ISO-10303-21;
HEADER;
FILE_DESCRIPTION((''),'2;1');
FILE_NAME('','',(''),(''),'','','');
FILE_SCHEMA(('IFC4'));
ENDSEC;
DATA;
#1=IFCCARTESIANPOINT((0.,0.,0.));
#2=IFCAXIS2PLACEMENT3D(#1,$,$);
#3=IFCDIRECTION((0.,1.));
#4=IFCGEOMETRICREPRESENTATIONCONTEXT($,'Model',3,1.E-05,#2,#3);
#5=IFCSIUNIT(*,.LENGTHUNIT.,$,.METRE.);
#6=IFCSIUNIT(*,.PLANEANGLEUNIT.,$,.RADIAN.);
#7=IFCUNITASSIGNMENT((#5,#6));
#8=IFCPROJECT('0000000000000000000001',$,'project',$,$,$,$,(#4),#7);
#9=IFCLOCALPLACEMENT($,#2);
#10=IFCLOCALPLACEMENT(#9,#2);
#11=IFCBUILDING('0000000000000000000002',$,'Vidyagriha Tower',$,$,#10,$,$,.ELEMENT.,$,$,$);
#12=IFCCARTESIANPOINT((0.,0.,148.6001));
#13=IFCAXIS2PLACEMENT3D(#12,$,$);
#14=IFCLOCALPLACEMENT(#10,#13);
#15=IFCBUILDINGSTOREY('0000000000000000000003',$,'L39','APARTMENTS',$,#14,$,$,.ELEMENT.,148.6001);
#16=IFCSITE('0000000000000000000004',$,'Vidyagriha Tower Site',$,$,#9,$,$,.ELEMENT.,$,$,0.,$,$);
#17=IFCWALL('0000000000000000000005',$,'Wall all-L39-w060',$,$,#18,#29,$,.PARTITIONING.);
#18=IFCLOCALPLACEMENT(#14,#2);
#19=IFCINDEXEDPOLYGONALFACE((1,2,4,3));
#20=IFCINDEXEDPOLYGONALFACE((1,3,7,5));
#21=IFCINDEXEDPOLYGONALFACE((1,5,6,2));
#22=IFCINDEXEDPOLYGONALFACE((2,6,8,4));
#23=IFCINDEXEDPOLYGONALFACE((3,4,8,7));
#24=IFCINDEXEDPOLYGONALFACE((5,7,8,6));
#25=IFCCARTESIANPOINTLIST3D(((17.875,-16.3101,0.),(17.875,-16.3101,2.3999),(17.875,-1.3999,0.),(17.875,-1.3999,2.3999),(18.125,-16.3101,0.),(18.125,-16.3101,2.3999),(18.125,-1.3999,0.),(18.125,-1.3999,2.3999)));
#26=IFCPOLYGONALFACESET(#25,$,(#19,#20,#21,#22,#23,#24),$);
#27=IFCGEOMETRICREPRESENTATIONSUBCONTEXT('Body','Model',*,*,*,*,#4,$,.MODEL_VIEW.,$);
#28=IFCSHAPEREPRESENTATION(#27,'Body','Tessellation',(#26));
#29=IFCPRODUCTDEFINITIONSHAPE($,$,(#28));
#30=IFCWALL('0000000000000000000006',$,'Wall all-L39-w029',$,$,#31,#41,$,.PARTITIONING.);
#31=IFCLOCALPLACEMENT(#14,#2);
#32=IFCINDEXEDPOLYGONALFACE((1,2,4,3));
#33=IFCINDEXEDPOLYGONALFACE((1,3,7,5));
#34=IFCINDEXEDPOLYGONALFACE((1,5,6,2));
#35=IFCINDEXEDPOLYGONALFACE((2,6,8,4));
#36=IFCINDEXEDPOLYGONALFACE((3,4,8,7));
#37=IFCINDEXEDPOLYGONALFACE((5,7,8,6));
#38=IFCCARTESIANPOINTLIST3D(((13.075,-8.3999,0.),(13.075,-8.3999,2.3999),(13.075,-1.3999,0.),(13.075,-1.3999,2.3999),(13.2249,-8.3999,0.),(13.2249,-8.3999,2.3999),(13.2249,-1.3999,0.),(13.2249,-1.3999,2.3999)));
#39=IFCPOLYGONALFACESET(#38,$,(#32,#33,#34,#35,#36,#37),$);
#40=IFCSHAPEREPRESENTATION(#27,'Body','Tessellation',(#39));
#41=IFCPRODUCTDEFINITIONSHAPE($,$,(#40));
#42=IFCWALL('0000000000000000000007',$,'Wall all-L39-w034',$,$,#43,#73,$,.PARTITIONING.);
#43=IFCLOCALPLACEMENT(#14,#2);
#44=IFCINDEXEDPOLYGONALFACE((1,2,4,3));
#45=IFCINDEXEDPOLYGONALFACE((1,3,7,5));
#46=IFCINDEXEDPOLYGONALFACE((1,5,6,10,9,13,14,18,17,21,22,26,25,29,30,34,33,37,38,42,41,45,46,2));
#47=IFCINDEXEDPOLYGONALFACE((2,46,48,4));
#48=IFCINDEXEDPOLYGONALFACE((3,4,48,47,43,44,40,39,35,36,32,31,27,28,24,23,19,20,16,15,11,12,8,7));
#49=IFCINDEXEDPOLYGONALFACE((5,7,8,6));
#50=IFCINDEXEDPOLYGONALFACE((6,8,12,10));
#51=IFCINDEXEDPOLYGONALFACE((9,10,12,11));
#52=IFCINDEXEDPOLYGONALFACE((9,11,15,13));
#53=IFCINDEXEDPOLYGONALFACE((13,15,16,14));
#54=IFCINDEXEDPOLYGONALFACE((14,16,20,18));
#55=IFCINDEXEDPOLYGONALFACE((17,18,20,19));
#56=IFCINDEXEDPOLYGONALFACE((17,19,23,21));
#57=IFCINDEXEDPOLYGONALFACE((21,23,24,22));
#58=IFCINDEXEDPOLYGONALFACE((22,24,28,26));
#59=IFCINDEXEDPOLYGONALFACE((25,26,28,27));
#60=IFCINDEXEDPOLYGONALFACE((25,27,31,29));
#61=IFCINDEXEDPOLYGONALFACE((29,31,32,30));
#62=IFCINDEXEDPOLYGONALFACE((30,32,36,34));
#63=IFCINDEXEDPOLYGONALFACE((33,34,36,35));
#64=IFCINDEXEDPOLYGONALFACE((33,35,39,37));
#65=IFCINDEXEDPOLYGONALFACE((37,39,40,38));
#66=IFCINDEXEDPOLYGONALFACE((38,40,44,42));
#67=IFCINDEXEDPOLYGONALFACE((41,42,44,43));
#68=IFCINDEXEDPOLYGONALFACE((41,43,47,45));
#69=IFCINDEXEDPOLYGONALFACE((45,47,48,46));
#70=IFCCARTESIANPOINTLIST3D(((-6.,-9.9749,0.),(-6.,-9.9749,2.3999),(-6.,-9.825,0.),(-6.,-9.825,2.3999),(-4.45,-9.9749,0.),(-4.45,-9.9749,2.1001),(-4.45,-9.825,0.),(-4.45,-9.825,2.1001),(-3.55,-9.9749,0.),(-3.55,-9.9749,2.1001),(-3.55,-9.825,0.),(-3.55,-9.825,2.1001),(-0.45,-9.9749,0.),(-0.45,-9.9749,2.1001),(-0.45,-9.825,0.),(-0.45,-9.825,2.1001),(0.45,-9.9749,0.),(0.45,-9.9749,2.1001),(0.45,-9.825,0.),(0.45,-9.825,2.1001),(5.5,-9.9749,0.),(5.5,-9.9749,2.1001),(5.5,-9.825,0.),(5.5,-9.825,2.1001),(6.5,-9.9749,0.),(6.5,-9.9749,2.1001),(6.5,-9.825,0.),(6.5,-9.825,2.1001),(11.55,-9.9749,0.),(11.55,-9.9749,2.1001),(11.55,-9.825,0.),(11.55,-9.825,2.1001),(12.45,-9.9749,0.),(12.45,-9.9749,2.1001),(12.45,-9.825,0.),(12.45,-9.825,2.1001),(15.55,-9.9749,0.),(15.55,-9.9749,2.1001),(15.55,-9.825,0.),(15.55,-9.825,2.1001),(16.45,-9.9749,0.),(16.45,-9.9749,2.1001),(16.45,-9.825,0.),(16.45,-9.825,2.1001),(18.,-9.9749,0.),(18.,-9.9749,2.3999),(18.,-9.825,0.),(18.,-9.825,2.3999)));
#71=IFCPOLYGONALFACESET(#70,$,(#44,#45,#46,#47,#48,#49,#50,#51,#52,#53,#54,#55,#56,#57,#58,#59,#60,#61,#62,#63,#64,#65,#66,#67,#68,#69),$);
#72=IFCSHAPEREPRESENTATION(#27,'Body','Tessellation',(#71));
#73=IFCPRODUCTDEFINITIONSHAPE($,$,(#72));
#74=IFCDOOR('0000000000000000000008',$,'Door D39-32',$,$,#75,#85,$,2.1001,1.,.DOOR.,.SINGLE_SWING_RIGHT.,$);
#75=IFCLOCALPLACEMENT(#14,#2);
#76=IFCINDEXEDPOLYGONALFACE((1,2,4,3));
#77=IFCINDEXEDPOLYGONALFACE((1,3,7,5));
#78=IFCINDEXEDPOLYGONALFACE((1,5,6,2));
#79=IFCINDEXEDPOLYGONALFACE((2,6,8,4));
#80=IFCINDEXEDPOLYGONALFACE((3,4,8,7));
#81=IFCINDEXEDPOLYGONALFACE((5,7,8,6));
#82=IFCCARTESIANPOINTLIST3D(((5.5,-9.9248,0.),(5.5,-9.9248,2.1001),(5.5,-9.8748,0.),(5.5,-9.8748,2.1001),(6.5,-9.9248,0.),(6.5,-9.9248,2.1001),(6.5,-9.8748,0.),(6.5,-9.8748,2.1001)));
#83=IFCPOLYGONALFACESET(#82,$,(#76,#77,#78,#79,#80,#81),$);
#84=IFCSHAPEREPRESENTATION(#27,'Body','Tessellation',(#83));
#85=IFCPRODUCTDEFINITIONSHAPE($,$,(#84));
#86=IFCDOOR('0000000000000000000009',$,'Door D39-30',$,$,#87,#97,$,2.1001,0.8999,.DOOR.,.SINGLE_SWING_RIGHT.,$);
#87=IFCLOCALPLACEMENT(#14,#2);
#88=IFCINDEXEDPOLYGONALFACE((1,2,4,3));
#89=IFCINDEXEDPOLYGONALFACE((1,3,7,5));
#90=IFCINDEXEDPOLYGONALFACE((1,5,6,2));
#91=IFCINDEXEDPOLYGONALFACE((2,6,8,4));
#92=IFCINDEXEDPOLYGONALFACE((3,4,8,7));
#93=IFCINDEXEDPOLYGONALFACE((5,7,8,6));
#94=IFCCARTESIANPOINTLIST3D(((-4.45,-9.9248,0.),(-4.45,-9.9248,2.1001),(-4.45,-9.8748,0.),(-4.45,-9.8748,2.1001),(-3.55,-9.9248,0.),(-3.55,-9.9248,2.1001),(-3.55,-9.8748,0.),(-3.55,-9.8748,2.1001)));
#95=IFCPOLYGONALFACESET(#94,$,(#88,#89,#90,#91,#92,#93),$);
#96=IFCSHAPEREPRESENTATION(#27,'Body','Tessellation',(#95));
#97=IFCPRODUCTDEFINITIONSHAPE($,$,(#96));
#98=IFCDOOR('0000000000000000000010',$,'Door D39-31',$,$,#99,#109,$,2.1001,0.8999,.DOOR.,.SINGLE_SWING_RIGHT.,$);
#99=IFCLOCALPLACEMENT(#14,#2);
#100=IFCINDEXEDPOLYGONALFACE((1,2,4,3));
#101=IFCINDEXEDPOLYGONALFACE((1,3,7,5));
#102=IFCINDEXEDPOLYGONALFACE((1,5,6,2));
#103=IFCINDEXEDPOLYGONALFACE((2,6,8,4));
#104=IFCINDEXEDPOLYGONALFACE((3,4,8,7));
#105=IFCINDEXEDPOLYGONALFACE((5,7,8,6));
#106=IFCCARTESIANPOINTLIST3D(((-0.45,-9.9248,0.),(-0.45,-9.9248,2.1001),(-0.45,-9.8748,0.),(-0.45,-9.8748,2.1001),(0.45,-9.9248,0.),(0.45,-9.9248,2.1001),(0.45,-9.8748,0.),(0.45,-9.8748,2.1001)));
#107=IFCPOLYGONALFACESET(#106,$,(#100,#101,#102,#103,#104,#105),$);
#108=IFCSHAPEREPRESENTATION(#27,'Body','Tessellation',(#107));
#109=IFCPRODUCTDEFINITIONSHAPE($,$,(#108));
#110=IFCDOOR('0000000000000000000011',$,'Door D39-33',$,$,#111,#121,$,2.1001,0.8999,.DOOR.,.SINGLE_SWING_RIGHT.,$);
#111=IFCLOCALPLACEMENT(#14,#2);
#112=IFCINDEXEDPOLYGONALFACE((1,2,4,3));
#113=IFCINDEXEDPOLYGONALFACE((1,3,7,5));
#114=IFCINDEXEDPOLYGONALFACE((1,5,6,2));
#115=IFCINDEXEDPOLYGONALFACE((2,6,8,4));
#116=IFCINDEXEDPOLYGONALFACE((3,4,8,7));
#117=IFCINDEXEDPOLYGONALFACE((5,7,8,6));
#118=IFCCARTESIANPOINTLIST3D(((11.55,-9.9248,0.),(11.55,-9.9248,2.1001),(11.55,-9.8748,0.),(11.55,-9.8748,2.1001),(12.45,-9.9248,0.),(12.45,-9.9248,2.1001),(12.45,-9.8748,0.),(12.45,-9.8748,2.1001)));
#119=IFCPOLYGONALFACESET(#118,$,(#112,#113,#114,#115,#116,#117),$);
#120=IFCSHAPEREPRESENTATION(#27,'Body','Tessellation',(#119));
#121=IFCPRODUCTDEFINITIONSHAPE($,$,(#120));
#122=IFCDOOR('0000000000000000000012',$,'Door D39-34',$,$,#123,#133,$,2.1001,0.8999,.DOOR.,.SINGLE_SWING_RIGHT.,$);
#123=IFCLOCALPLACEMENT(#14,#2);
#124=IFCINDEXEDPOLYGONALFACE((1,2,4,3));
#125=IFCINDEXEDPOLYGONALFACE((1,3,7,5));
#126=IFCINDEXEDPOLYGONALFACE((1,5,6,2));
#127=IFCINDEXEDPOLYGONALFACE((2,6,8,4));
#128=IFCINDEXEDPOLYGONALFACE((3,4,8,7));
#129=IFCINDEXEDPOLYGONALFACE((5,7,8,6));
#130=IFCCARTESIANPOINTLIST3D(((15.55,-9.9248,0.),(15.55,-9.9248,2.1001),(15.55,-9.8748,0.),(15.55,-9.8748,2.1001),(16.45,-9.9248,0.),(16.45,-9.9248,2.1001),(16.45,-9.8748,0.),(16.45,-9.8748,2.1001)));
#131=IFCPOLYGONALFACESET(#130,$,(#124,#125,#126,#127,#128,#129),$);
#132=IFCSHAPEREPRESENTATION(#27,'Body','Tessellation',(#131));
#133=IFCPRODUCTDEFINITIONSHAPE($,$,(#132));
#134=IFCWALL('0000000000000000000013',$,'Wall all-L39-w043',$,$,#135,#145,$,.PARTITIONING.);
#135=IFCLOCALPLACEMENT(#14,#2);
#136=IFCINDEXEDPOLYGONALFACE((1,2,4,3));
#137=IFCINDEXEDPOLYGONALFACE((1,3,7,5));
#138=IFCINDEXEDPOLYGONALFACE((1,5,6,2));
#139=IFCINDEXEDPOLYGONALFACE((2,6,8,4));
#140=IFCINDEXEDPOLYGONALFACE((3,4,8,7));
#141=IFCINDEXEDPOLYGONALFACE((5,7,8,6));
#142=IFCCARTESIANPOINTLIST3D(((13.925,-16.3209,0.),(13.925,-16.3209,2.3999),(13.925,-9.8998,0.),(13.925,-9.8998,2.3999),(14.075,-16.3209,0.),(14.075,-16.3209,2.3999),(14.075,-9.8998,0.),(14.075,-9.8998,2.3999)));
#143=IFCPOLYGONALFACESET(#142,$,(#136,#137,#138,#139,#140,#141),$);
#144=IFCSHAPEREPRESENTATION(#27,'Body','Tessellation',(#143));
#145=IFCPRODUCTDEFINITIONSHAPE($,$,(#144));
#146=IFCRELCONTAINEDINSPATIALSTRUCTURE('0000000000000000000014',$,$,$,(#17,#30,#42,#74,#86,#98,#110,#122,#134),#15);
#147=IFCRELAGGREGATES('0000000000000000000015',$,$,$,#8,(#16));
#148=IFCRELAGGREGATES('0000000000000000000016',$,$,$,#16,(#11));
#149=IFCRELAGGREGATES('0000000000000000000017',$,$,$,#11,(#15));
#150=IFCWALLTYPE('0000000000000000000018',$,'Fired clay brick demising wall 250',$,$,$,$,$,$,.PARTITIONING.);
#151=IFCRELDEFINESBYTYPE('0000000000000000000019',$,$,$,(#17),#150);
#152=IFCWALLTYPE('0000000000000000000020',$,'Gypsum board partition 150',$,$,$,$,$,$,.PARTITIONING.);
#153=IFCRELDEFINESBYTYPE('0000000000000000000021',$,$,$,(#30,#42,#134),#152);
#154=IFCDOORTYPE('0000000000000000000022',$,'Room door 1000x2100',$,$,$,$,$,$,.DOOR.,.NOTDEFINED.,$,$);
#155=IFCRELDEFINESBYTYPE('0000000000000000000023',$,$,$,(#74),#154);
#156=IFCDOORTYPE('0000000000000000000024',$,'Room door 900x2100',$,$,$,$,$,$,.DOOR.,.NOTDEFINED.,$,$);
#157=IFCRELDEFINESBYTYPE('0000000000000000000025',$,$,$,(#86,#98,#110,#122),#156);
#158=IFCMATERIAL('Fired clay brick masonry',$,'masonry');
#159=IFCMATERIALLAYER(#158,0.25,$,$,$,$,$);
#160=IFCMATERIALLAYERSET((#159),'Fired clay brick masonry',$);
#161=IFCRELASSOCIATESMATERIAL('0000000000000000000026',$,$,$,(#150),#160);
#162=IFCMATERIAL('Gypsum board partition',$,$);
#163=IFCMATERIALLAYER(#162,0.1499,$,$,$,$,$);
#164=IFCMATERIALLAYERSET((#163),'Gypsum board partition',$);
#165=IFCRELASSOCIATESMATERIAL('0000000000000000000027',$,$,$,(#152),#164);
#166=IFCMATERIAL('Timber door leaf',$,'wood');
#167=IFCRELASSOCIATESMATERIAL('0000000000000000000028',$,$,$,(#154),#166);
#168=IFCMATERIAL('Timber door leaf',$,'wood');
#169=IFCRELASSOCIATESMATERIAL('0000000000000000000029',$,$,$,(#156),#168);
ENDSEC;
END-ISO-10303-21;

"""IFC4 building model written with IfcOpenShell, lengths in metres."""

from ifc_helpers import new_model, si_unit, direction, frame, frame_2d, origin, place, context, subcontext, project, spatial, rectangle, extrude, material, layer, layer_set, type_object, element, fill, save


model = new_model("IFC4")

# Units and contexts
model_context = context("Model", 3, precision=1e-05, world=origin(), true_north=direction((0.0, 1.0)))
body_context = subcontext(model_context, "Body", "Model", "MODEL_VIEW")
ifc_project = project(units=[si_unit("LENGTHUNIT", "METRE"), si_unit("PLANEANGLEUNIT", "RADIAN")], contexts=[model_context])

# Site, building, storey
site_placement = place(None, origin())
site = spatial("IfcSite", under=ifc_project, at=site_placement, Name="Vidyagriha Tower Site", CompositionType="ELEMENT", RefElevation=0.0)
building_placement = place(site_placement, origin())
building = spatial("IfcBuilding", under=site, at=building_placement, Name="Vidyagriha Tower", CompositionType="ELEMENT")
storey_placement = place(building_placement, frame((0.0, 0.0, 148.6001)))
storey = spatial("IfcBuildingStorey", under=building, at=storey_placement, Name="L39", Description="APARTMENTS", CompositionType="ELEMENT", Elevation=148.6001)

# Walls
ifc_material_1 = material(Name="Fired clay brick masonry", Category="masonry")
ifc_layer_1 = layer(ifc_material_1, 0.25)
ifc_layer_set_1 = layer_set([ifc_layer_1], Name="Fired clay brick masonry")
wall_type_1 = type_object("IfcWallType", Name="Fired clay brick demising wall 250", PredefinedType="PARTITIONING", material=ifc_layer_set_1)
wall_1_placement = place(storey_placement, frame((18.0, -1.3999, 0.0), z_axis=(0.0, 0.0, 1.0), x_axis=(0.0, -1.0, 0.0)))
element("IfcWall", 1, at=wall_1_placement, inside=storey, type_object=wall_type_1, Name="Wall all-L39-w060", PredefinedType="PARTITIONING", context=body_context, shape_type="SweptSolid", body=[
    extrude(rectangle(XDim=14.9102, YDim=0.25, at=frame_2d((7.4551, 0.0))), origin(), (0.0, 0.0, 1.0), 2.3999),
])
ifc_material_2 = material(Name="Gypsum board partition")
ifc_layer_2 = layer(ifc_material_2, 0.1499)
ifc_layer_set_2 = layer_set([ifc_layer_2], Name="Gypsum board partition")
wall_type_2 = type_object("IfcWallType", Name="Gypsum board partition 150", PredefinedType="PARTITIONING", material=ifc_layer_set_2)
wall_2_placement = place(storey_placement, frame((13.1499, -1.3999, 0.0), z_axis=(0.0, 0.0, 1.0), x_axis=(0.0, -1.0, 0.0)))
element("IfcWall", 2, at=wall_2_placement, inside=storey, type_object=wall_type_2, Name="Wall all-L39-w029", PredefinedType="PARTITIONING", context=body_context, shape_type="SweptSolid", body=[
    extrude(rectangle(XDim=7.0, YDim=0.1499, at=frame_2d((3.5, 0.0))), origin(), (0.0, 0.0, 1.0), 2.3999),
])

# Wall, openings, doors
wall_3_placement = place(storey_placement, frame((18.0, -9.8999, 0.0), z_axis=(0.0, 0.0, 1.0), x_axis=(-1.0, 0.0, 0.0)))
wall_3 = element("IfcWall", 3, at=wall_3_placement, inside=storey, type_object=wall_type_2, Name="Wall all-L39-w034", PredefinedType="PARTITIONING", context=body_context, shape_type="SweptSolid", body=[
    extrude(rectangle(XDim=24.0, YDim=0.1499, at=frame_2d((12.0, 0.0))), origin(), (0.0, 0.0, 1.0), 2.3999),
])
opening_1_placement = place(wall_3_placement, frame((21.55, 0.0, 0.0)))
opening_1 = element("IfcOpeningElement", 4, at=opening_1_placement, cuts=wall_3, PredefinedType="OPENING", context=body_context, shape_type="SweptSolid", body=[
    extrude(rectangle(XDim=0.8999, YDim=2.1001, at=frame_2d((0.45, 1.05))), frame((0.0, 0.085, 0.0), z_axis=(0.0, -1.0, 0.0), x_axis=(1.0, 0.0, 0.0)), (0.0, 0.0, 1.0), 0.1699),
])
opening_2_placement = place(wall_3_placement, frame((17.55, 0.0, 0.0)))
opening_2 = element("IfcOpeningElement", 5, at=opening_2_placement, cuts=wall_3, PredefinedType="OPENING", context=body_context, shape_type="SweptSolid", body=[
    extrude(rectangle(XDim=0.8999, YDim=2.1001, at=frame_2d((0.45, 1.05))), frame((0.0, 0.085, 0.0), z_axis=(0.0, -1.0, 0.0), x_axis=(1.0, 0.0, 0.0)), (0.0, 0.0, 1.0), 0.1699),
])
opening_3_placement = place(wall_3_placement, frame((11.5, 0.0, 0.0)))
opening_3 = element("IfcOpeningElement", 6, at=opening_3_placement, cuts=wall_3, PredefinedType="OPENING", context=body_context, shape_type="SweptSolid", body=[
    extrude(rectangle(XDim=1.0, YDim=2.1001, at=frame_2d((0.5, 1.05))), frame((0.0, 0.085, 0.0), z_axis=(0.0, -1.0, 0.0), x_axis=(1.0, 0.0, 0.0)), (0.0, 0.0, 1.0), 0.1699),
])
opening_4_placement = place(wall_3_placement, frame((5.55, 0.0, 0.0)))
opening_4 = element("IfcOpeningElement", 7, at=opening_4_placement, cuts=wall_3, PredefinedType="OPENING", context=body_context, shape_type="SweptSolid", body=[
    extrude(rectangle(XDim=0.8999, YDim=2.1001, at=frame_2d((0.45, 1.05))), frame((0.0, 0.085, 0.0), z_axis=(0.0, -1.0, 0.0), x_axis=(1.0, 0.0, 0.0)), (0.0, 0.0, 1.0), 0.1699),
])
opening_5_placement = place(wall_3_placement, frame((1.55, 0.0, 0.0)))
opening_5 = element("IfcOpeningElement", 8, at=opening_5_placement, cuts=wall_3, PredefinedType="OPENING", context=body_context, shape_type="SweptSolid", body=[
    extrude(rectangle(XDim=0.8999, YDim=2.1001, at=frame_2d((0.45, 1.05))), frame((0.0, 0.085, 0.0), z_axis=(0.0, -1.0, 0.0), x_axis=(1.0, 0.0, 0.0)), (0.0, 0.0, 1.0), 0.1699),
])
ifc_material_3 = material(Name="Timber door leaf", Category="wood")
door_type_1 = type_object("IfcDoorType", Name="Room door 1000x2100", OperationType="NOTDEFINED", PredefinedType="DOOR", material=ifc_material_3)
door_1_placement = place(opening_3_placement, origin())
door_1 = element("IfcDoor", 9, at=door_1_placement, inside=storey, type_object=door_type_1, Name="Door D39-32", OperationType="SINGLE_SWING_RIGHT", OverallHeight=2.1001, OverallWidth=1.0, PredefinedType="DOOR", context=body_context, shape_type="SweptSolid", body=[
    extrude(rectangle(XDim=1.0, YDim=2.1001, at=frame_2d((0.5, 1.05))), frame((0.0, 0.0249, 0.0), z_axis=(0.0, -1.0, 0.0), x_axis=(1.0, 0.0, 0.0)), (0.0, 0.0, 1.0), 0.05),
])
fill(opening_3, door_1)
ifc_material_4 = material(Name="Timber door leaf", Category="wood")
door_type_2 = type_object("IfcDoorType", Name="Room door 900x2100", OperationType="NOTDEFINED", PredefinedType="DOOR", material=ifc_material_4)
door_2_placement = place(opening_1_placement, origin())
door_2 = element("IfcDoor", 10, at=door_2_placement, inside=storey, type_object=door_type_2, Name="Door D39-30", OperationType="SINGLE_SWING_RIGHT", OverallHeight=2.1001, OverallWidth=0.8999, PredefinedType="DOOR", context=body_context, shape_type="SweptSolid", body=[
    extrude(rectangle(XDim=0.8999, YDim=2.1001, at=frame_2d((0.45, 1.05))), frame((0.0, 0.0249, 0.0), z_axis=(0.0, -1.0, 0.0), x_axis=(1.0, 0.0, 0.0)), (0.0, 0.0, 1.0), 0.05),
])
fill(opening_1, door_2)
door_3_placement = place(opening_2_placement, origin())
door_3 = element("IfcDoor", 11, at=door_3_placement, inside=storey, type_object=door_type_2, Name="Door D39-31", OperationType="SINGLE_SWING_RIGHT", OverallHeight=2.1001, OverallWidth=0.8999, PredefinedType="DOOR", context=body_context, shape_type="SweptSolid", body=[
    extrude(rectangle(XDim=0.8999, YDim=2.1001, at=frame_2d((0.45, 1.05))), frame((0.0, 0.0249, 0.0), z_axis=(0.0, -1.0, 0.0), x_axis=(1.0, 0.0, 0.0)), (0.0, 0.0, 1.0), 0.05),
])
fill(opening_2, door_3)
door_4_placement = place(opening_4_placement, origin())
door_4 = element("IfcDoor", 12, at=door_4_placement, inside=storey, type_object=door_type_2, Name="Door D39-33", OperationType="SINGLE_SWING_RIGHT", OverallHeight=2.1001, OverallWidth=0.8999, PredefinedType="DOOR", context=body_context, shape_type="SweptSolid", body=[
    extrude(rectangle(XDim=0.8999, YDim=2.1001, at=frame_2d((0.45, 1.05))), frame((0.0, 0.0249, 0.0), z_axis=(0.0, -1.0, 0.0), x_axis=(1.0, 0.0, 0.0)), (0.0, 0.0, 1.0), 0.05),
])
fill(opening_4, door_4)
door_5_placement = place(opening_5_placement, origin())
door_5 = element("IfcDoor", 13, at=door_5_placement, inside=storey, type_object=door_type_2, Name="Door D39-34", OperationType="SINGLE_SWING_RIGHT", OverallHeight=2.1001, OverallWidth=0.8999, PredefinedType="DOOR", context=body_context, shape_type="SweptSolid", body=[
    extrude(rectangle(XDim=0.8999, YDim=2.1001, at=frame_2d((0.45, 1.05))), frame((0.0, 0.0249, 0.0), z_axis=(0.0, -1.0, 0.0), x_axis=(1.0, 0.0, 0.0)), (0.0, 0.0, 1.0), 0.05),
])
fill(opening_5, door_5)

# Wall
wall_4_placement = place(storey_placement, frame((14.0, -9.8999, 0.0), z_axis=(0.0, 0.0, 1.0), x_axis=(0.0, -1.0, 0.0)))
element("IfcWall", 14, at=wall_4_placement, inside=storey, type_object=wall_type_2, Name="Wall all-L39-w043", PredefinedType="PARTITIONING", context=body_context, shape_type="SweptSolid", body=[
    extrude(rectangle(XDim=6.4211, YDim=0.1499, at=frame_2d((3.2104, 0.0))), origin(), (0.0, 0.0, 1.0), 2.3999),
])

save(model, "model.ifc")
